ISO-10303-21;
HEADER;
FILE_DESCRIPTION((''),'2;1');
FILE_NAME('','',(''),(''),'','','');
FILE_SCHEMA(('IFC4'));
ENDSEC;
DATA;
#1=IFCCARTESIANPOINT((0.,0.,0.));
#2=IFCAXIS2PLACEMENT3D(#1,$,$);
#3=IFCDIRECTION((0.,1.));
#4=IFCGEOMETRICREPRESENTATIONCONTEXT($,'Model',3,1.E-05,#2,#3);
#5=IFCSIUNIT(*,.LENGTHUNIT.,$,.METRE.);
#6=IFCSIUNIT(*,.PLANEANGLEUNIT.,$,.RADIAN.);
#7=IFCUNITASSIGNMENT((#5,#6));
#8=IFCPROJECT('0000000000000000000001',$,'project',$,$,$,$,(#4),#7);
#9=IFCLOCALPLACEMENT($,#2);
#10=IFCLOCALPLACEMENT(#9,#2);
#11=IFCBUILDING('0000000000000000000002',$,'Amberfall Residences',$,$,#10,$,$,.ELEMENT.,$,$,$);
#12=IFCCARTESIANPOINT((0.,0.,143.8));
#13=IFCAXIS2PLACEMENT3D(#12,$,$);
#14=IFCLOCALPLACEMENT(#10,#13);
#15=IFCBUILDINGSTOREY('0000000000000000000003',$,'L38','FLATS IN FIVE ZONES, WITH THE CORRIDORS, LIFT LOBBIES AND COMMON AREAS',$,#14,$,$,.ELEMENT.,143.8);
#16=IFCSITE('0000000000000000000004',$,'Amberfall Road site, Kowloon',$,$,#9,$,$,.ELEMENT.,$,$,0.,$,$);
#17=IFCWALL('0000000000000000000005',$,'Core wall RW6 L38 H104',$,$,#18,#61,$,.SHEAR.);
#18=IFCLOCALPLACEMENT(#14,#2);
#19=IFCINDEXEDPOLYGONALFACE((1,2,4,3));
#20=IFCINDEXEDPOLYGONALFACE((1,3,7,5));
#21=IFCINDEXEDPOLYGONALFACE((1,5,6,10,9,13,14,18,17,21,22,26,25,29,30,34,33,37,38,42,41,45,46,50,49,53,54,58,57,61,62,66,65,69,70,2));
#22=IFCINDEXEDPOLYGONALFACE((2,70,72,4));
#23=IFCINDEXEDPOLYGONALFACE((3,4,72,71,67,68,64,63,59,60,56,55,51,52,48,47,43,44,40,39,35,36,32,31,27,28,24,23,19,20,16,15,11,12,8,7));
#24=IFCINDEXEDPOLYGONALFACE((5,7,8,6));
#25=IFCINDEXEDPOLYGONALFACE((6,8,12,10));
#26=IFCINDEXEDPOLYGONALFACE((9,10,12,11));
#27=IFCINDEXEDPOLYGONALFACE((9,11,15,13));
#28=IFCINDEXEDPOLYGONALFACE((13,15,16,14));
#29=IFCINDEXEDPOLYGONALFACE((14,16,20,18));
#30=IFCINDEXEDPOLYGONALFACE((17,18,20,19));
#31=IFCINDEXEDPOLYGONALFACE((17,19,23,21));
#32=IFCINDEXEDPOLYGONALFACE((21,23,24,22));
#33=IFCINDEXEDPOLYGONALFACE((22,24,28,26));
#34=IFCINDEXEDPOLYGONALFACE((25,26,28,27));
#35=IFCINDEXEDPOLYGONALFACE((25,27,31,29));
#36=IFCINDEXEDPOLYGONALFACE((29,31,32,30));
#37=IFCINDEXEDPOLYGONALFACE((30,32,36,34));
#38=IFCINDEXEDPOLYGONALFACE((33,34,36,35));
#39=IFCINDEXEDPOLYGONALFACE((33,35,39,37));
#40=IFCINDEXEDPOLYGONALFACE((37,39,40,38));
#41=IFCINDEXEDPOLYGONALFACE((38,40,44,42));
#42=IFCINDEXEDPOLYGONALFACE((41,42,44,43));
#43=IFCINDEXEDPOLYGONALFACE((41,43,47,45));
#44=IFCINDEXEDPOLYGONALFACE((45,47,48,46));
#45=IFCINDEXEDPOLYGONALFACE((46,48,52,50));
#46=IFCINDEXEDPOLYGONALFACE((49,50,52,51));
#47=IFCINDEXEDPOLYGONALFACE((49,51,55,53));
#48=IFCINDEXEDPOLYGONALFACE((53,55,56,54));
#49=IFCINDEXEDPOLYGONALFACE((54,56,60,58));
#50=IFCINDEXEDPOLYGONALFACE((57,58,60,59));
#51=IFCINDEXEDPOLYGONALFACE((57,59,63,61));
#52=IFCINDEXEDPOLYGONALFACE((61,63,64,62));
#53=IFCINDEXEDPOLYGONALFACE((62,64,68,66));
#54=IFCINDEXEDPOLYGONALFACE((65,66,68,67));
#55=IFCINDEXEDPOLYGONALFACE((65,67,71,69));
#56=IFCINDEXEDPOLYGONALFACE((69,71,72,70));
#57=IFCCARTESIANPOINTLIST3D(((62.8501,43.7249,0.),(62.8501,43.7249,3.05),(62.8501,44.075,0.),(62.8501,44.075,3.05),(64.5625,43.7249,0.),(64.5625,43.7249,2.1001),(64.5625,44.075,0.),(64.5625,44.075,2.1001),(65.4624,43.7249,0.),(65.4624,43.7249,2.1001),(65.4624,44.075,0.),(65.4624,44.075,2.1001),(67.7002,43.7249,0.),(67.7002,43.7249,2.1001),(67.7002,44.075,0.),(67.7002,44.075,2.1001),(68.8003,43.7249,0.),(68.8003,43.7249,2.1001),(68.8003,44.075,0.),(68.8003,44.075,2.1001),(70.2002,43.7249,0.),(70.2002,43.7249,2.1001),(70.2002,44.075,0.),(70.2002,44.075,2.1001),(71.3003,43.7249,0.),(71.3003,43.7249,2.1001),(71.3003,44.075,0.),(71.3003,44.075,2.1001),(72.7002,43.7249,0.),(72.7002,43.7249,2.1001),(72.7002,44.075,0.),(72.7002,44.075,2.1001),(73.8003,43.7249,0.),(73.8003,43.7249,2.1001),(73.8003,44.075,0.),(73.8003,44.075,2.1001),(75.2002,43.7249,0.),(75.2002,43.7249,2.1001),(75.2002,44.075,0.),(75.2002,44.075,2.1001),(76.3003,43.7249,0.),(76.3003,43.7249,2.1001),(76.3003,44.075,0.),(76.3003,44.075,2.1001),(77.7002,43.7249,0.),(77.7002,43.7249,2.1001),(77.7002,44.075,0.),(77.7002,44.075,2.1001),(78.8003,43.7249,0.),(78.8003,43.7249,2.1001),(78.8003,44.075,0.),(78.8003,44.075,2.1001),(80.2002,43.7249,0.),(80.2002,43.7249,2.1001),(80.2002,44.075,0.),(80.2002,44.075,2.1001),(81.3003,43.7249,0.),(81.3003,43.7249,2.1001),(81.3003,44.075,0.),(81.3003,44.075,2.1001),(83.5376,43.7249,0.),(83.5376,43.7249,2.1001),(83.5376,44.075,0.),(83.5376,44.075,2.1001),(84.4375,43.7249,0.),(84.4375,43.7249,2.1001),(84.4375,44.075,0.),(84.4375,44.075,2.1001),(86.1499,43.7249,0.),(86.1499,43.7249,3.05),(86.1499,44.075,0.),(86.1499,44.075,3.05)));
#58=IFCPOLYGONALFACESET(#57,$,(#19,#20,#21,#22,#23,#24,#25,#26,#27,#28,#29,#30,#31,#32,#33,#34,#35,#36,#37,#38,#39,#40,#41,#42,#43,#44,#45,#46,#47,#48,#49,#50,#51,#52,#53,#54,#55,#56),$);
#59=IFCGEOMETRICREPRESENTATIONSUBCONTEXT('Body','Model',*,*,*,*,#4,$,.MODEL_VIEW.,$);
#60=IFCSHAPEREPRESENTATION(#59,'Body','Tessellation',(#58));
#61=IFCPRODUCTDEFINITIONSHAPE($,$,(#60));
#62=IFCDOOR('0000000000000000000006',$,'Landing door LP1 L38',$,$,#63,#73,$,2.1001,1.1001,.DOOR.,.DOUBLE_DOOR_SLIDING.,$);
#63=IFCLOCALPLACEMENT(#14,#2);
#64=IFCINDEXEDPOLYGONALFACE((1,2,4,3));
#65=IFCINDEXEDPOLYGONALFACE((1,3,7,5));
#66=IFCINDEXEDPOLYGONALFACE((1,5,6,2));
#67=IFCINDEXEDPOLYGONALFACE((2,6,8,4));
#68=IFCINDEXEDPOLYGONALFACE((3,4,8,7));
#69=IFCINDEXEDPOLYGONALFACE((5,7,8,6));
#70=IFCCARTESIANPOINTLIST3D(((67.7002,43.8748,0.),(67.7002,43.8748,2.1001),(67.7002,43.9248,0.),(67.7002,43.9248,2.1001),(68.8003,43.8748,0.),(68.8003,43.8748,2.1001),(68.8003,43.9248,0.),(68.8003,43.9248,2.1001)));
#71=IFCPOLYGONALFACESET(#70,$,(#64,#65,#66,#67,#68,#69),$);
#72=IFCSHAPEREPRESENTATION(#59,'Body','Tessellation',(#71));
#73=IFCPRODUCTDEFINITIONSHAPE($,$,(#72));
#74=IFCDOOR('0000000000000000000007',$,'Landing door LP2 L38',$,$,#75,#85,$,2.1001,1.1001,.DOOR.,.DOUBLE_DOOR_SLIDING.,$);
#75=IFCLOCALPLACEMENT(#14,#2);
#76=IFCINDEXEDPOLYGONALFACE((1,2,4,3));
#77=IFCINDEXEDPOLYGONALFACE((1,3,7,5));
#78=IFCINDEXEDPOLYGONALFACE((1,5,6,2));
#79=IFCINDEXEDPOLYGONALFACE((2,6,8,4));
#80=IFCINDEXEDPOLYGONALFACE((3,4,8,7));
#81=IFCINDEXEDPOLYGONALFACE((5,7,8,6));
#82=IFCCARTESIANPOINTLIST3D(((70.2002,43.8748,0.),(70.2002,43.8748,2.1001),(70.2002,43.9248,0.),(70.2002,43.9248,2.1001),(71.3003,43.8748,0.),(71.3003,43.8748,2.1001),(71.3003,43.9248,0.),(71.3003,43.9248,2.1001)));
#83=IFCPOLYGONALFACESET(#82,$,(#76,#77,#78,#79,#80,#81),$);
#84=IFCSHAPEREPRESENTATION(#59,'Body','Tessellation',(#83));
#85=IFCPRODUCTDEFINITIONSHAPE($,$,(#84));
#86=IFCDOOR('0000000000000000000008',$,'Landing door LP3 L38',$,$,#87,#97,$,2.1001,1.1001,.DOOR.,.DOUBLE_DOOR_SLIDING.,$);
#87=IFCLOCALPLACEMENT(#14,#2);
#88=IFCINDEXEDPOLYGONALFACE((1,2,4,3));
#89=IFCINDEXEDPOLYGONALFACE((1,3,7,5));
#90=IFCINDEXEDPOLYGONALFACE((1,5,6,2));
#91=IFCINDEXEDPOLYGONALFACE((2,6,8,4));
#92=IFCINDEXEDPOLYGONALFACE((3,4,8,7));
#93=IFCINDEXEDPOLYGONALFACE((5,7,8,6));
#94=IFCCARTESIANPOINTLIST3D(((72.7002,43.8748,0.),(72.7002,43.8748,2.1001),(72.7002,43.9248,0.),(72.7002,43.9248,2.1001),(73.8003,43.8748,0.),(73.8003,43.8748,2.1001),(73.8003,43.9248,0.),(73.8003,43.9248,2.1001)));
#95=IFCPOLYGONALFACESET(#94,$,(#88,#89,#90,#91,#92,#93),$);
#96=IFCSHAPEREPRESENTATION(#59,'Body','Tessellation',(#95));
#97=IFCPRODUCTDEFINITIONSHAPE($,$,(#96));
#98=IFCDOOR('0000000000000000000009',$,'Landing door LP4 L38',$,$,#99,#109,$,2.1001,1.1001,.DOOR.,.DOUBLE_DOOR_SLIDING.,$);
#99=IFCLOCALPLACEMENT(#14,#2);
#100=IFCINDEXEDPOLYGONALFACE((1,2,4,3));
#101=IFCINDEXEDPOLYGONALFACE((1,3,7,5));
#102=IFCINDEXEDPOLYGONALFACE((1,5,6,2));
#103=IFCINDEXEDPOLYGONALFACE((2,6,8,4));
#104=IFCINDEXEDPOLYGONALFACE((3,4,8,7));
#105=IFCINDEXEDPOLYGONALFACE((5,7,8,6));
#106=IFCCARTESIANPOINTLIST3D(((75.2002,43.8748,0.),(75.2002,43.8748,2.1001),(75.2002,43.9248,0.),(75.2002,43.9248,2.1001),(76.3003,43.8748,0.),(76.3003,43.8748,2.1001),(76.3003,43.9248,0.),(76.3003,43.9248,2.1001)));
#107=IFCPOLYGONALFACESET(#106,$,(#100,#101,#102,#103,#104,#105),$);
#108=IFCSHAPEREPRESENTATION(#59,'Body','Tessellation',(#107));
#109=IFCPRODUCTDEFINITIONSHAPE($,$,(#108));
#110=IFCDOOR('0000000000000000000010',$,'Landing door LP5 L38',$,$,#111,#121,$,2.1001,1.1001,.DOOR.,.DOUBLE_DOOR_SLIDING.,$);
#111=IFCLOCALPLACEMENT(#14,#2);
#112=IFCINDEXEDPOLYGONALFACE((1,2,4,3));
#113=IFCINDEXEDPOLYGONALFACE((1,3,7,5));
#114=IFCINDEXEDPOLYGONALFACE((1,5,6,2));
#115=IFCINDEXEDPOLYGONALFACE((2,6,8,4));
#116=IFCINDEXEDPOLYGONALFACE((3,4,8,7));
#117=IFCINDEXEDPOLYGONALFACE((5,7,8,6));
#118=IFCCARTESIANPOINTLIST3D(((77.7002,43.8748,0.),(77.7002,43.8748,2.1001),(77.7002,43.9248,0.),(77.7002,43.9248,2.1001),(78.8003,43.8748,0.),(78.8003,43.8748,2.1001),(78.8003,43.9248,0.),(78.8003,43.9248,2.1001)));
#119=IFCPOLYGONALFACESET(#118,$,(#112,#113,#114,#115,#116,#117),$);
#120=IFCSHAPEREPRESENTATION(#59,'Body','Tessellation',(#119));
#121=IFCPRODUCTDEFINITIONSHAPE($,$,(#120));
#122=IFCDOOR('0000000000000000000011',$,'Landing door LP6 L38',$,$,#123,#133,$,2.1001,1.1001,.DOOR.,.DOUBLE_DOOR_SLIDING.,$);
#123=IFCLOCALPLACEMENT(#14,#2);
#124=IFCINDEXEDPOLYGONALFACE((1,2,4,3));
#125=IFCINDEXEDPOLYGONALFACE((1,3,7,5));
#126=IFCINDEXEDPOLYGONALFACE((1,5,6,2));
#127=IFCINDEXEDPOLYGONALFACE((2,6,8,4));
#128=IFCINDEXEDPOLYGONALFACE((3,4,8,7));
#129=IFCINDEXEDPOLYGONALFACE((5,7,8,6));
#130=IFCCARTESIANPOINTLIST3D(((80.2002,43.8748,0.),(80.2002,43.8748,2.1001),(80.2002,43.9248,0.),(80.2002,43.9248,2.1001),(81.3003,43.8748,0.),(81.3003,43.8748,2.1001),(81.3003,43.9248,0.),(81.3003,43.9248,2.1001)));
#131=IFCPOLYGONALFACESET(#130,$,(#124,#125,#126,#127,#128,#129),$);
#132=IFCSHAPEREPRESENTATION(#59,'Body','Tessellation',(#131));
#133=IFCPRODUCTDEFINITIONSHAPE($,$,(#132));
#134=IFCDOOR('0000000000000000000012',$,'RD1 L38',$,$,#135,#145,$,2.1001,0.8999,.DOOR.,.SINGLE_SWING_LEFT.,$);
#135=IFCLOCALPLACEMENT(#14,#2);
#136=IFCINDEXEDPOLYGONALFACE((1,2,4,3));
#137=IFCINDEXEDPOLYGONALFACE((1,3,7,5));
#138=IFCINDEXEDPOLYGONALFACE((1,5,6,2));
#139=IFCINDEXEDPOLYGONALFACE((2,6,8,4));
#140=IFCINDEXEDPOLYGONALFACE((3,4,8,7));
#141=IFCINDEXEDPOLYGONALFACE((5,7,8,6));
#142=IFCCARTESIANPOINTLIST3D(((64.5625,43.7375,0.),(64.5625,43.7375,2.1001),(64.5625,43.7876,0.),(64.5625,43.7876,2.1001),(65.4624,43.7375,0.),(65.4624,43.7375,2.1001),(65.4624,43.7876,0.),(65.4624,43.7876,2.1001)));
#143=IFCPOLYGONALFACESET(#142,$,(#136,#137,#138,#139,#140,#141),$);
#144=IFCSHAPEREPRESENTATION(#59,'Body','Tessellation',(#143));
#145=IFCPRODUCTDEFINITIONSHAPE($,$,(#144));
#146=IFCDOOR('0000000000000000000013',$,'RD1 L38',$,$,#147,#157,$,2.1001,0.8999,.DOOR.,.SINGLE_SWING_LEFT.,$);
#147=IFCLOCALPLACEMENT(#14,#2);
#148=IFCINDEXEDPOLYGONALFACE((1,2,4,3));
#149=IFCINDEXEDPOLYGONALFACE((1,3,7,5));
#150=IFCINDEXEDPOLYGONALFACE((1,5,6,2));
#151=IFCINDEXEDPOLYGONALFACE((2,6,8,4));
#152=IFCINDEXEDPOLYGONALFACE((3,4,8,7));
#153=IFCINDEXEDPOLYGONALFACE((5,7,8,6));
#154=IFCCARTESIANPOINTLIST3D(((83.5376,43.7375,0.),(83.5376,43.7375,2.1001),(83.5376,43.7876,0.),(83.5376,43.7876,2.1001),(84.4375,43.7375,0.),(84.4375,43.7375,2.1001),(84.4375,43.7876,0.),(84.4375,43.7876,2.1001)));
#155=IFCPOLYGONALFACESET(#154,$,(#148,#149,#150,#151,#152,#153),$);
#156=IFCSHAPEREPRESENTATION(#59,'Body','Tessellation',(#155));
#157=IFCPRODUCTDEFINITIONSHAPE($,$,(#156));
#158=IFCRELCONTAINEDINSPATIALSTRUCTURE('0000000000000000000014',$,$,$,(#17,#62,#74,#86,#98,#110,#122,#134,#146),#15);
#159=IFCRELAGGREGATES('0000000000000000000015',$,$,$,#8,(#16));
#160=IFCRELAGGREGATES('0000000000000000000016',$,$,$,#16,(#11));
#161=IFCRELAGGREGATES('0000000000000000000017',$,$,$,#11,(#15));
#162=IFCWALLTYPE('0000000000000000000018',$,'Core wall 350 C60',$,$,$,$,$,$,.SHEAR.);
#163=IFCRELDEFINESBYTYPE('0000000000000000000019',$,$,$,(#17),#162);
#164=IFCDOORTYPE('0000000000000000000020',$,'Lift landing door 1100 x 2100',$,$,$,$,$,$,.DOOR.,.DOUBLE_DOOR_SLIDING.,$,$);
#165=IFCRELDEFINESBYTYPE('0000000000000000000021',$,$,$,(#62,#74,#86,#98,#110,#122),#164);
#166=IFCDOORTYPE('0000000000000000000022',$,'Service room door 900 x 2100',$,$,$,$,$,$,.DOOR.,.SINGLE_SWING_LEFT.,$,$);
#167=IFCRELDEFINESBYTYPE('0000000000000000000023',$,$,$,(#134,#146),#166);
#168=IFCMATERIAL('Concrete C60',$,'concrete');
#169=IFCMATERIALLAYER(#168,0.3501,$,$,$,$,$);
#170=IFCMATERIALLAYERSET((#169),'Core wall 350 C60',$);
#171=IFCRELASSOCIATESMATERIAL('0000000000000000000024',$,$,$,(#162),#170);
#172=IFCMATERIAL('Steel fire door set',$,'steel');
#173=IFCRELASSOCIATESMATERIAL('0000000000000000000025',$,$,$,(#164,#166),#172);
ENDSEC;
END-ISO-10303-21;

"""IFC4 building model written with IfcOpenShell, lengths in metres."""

from ifc_helpers import new_model, si_unit, direction, frame, frame_2d, origin, place, context, subcontext, project, spatial, rectangle, extrude, material, layer, layer_set, type_object, element, fill, save


model = new_model("IFC4")

# Units and contexts
model_context = context("Model", 3, precision=1e-05, world=origin(), true_north=direction((0.0, 1.0)))
body_context = subcontext(model_context, "Body", "Model", "MODEL_VIEW")
ifc_project = project(units=[si_unit("LENGTHUNIT", "METRE"), si_unit("PLANEANGLEUNIT", "RADIAN")], contexts=[model_context])

# Site, building, storey
site_placement = place(None, origin())
site = spatial("IfcSite", under=ifc_project, at=site_placement, Name="Amberfall Road site, Kowloon", CompositionType="ELEMENT", RefElevation=0.0)
building_placement = place(site_placement, origin())
building = spatial("IfcBuilding", under=site, at=building_placement, Name="Amberfall Residences", CompositionType="ELEMENT")
storey_placement = place(building_placement, frame((0.0, 0.0, 143.8)))
storey = spatial("IfcBuildingStorey", under=building, at=storey_placement, Name="L38", Description="FLATS IN FIVE ZONES, WITH THE CORRIDORS, LIFT LOBBIES AND COMMON AREAS", CompositionType="ELEMENT", Elevation=143.8)

# Wall, openings, doors
ifc_material_1 = material(Name="Concrete C60", Category="concrete")
ifc_layer_1 = layer(ifc_material_1, 0.3501)
ifc_layer_set_1 = layer_set([ifc_layer_1], Name="Core wall 350 C60")
wall_type_1 = type_object("IfcWallType", Name="Core wall 350 C60", PredefinedType="SHEAR", material=ifc_layer_set_1)
wall_1_placement = place(storey_placement, frame((62.8501, 43.8999, 0.0), z_axis=(0.0, 0.0, 1.0), x_axis=(1.0, 0.0, 0.0)))
wall_1 = element("IfcWall", 1, at=wall_1_placement, inside=storey, type_object=wall_type_1, Name="Core wall RW6 L38 H104", PredefinedType="SHEAR", context=body_context, shape_type="SweptSolid", body=[
    extrude(rectangle(XDim=23.2998, YDim=0.3501, at=frame_2d((11.6499, 0.0))), origin(), (0.0, 0.0, 1.0), 3.05),
])
opening_1_placement = place(wall_1_placement, frame((1.7124, 0.0, 0.0)))
opening_1 = element("IfcOpeningElement", 2, at=opening_1_placement, cuts=wall_1, PredefinedType="OPENING", context=body_context, shape_type="SweptSolid", body=[
    extrude(rectangle(XDim=0.8999, YDim=2.1001, at=frame_2d((0.45, 1.05))), frame((0.0, 0.1851, 0.0), z_axis=(0.0, -1.0, 0.0), x_axis=(1.0, 0.0, 0.0)), (0.0, 0.0, 1.0), 0.3701),
])
opening_2_placement = place(wall_1_placement, frame((20.6875, 0.0, 0.0)))
opening_2 = element("IfcOpeningElement", 3, at=opening_2_placement, cuts=wall_1, PredefinedType="OPENING", context=body_context, shape_type="SweptSolid", body=[
    extrude(rectangle(XDim=0.8999, YDim=2.1001, at=frame_2d((0.45, 1.05))), frame((0.0, 0.1851, 0.0), z_axis=(0.0, -1.0, 0.0), x_axis=(1.0, 0.0, 0.0)), (0.0, 0.0, 1.0), 0.3701),
])
opening_3_placement = place(wall_1_placement, frame((4.8501, 0.0, 0.0)))
opening_3 = element("IfcOpeningElement", 4, at=opening_3_placement, cuts=wall_1, PredefinedType="OPENING", context=body_context, shape_type="SweptSolid", body=[
    extrude(rectangle(XDim=1.1001, YDim=2.1001, at=frame_2d((0.55, 1.05))), frame((0.0, 0.1851, 0.0), z_axis=(0.0, -1.0, 0.0), x_axis=(1.0, 0.0, 0.0)), (0.0, 0.0, 1.0), 0.3701),
])
opening_4_placement = place(wall_1_placement, frame((7.3501, 0.0, 0.0)))
opening_4 = element("IfcOpeningElement", 5, at=opening_4_placement, cuts=wall_1, PredefinedType="OPENING", context=body_context, shape_type="SweptSolid", body=[
    extrude(rectangle(XDim=1.1001, YDim=2.1001, at=frame_2d((0.55, 1.05))), frame((0.0, 0.1851, 0.0), z_axis=(0.0, -1.0, 0.0), x_axis=(1.0, 0.0, 0.0)), (0.0, 0.0, 1.0), 0.3701),
])
opening_5_placement = place(wall_1_placement, frame((9.8501, 0.0, 0.0)))
opening_5 = element("IfcOpeningElement", 6, at=opening_5_placement, cuts=wall_1, PredefinedType="OPENING", context=body_context, shape_type="SweptSolid", body=[
    extrude(rectangle(XDim=1.1001, YDim=2.1001, at=frame_2d((0.55, 1.05))), frame((0.0, 0.1851, 0.0), z_axis=(0.0, -1.0, 0.0), x_axis=(1.0, 0.0, 0.0)), (0.0, 0.0, 1.0), 0.3701),
])
opening_6_placement = place(wall_1_placement, frame((12.3501, 0.0, 0.0)))
opening_6 = element("IfcOpeningElement", 7, at=opening_6_placement, cuts=wall_1, PredefinedType="OPENING", context=body_context, shape_type="SweptSolid", body=[
    extrude(rectangle(XDim=1.1001, YDim=2.1001, at=frame_2d((0.55, 1.05))), frame((0.0, 0.1851, 0.0), z_axis=(0.0, -1.0, 0.0), x_axis=(1.0, 0.0, 0.0)), (0.0, 0.0, 1.0), 0.3701),
])
opening_7_placement = place(wall_1_placement, frame((14.8501, 0.0, 0.0)))
opening_7 = element("IfcOpeningElement", 8, at=opening_7_placement, cuts=wall_1, PredefinedType="OPENING", context=body_context, shape_type="SweptSolid", body=[
    extrude(rectangle(XDim=1.1001, YDim=2.1001, at=frame_2d((0.55, 1.05))), frame((0.0, 0.1851, 0.0), z_axis=(0.0, -1.0, 0.0), x_axis=(1.0, 0.0, 0.0)), (0.0, 0.0, 1.0), 0.3701),
])
opening_8_placement = place(wall_1_placement, frame((17.3501, 0.0, 0.0)))
opening_8 = element("IfcOpeningElement", 9, at=opening_8_placement, cuts=wall_1, PredefinedType="OPENING", context=body_context, shape_type="SweptSolid", body=[
    extrude(rectangle(XDim=1.1001, YDim=2.1001, at=frame_2d((0.55, 1.05))), frame((0.0, 0.1851, 0.0), z_axis=(0.0, -1.0, 0.0), x_axis=(1.0, 0.0, 0.0)), (0.0, 0.0, 1.0), 0.3701),
])
ifc_material_2 = material(Name="Steel fire door set", Category="steel")
door_type_1 = type_object("IfcDoorType", Name="Lift landing door 1100 x 2100", OperationType="DOUBLE_DOOR_SLIDING", PredefinedType="DOOR", material=ifc_material_2)
door_1_placement = place(opening_3_placement, origin())
door_1 = element("IfcDoor", 10, at=door_1_placement, inside=storey, type_object=door_type_1, Name="Landing door LP1 L38", OperationType="DOUBLE_DOOR_SLIDING", OverallHeight=2.1001, OverallWidth=1.1001, PredefinedType="DOOR", context=body_context, shape_type="SweptSolid", body=[
    extrude(rectangle(XDim=1.1001, YDim=2.1001, at=frame_2d((0.55, 1.05))), frame((0.0, 0.0249, 0.0), z_axis=(0.0, -1.0, 0.0), x_axis=(1.0, 0.0, 0.0)), (0.0, 0.0, 1.0), 0.05),
])
fill(opening_3, door_1)
door_2_placement = place(opening_4_placement, origin())
door_2 = element("IfcDoor", 11, at=door_2_placement, inside=storey, type_object=door_type_1, Name="Landing door LP2 L38", OperationType="DOUBLE_DOOR_SLIDING", OverallHeight=2.1001, OverallWidth=1.1001, PredefinedType="DOOR", context=body_context, shape_type="SweptSolid", body=[
    extrude(rectangle(XDim=1.1001, YDim=2.1001, at=frame_2d((0.55, 1.05))), frame((0.0, 0.0249, 0.0), z_axis=(0.0, -1.0, 0.0), x_axis=(1.0, 0.0, 0.0)), (0.0, 0.0, 1.0), 0.05),
])
fill(opening_4, door_2)
door_3_placement = place(opening_5_placement, origin())
door_3 = element("IfcDoor", 12, at=door_3_placement, inside=storey, type_object=door_type_1, Name="Landing door LP3 L38", OperationType="DOUBLE_DOOR_SLIDING", OverallHeight=2.1001, OverallWidth=1.1001, PredefinedType="DOOR", context=body_context, shape_type="SweptSolid", body=[
    extrude(rectangle(XDim=1.1001, YDim=2.1001, at=frame_2d((0.55, 1.05))), frame((0.0, 0.0249, 0.0), z_axis=(0.0, -1.0, 0.0), x_axis=(1.0, 0.0, 0.0)), (0.0, 0.0, 1.0), 0.05),
])
fill(opening_5, door_3)
door_4_placement = place(opening_6_placement, origin())
door_4 = element("IfcDoor", 13, at=door_4_placement, inside=storey, type_object=door_type_1, Name="Landing door LP4 L38", OperationType="DOUBLE_DOOR_SLIDING", OverallHeight=2.1001, OverallWidth=1.1001, PredefinedType="DOOR", context=body_context, shape_type="SweptSolid", body=[
    extrude(rectangle(XDim=1.1001, YDim=2.1001, at=frame_2d((0.55, 1.05))), frame((0.0, 0.0249, 0.0), z_axis=(0.0, -1.0, 0.0), x_axis=(1.0, 0.0, 0.0)), (0.0, 0.0, 1.0), 0.05),
])
fill(opening_6, door_4)
door_5_placement = place(opening_7_placement, origin())
door_5 = element("IfcDoor", 14, at=door_5_placement, inside=storey, type_object=door_type_1, Name="Landing door LP5 L38", OperationType="DOUBLE_DOOR_SLIDING", OverallHeight=2.1001, OverallWidth=1.1001, PredefinedType="DOOR", context=body_context, shape_type="SweptSolid", body=[
    extrude(rectangle(XDim=1.1001, YDim=2.1001, at=frame_2d((0.55, 1.05))), frame((0.0, 0.0249, 0.0), z_axis=(0.0, -1.0, 0.0), x_axis=(1.0, 0.0, 0.0)), (0.0, 0.0, 1.0), 0.05),
])
fill(opening_7, door_5)
door_6_placement = place(opening_8_placement, origin())
door_6 = element("IfcDoor", 15, at=door_6_placement, inside=storey, type_object=door_type_1, Name="Landing door LP6 L38", OperationType="DOUBLE_DOOR_SLIDING", OverallHeight=2.1001, OverallWidth=1.1001, PredefinedType="DOOR", context=body_context, shape_type="SweptSolid", body=[
    extrude(rectangle(XDim=1.1001, YDim=2.1001, at=frame_2d((0.55, 1.05))), frame((0.0, 0.0249, 0.0), z_axis=(0.0, -1.0, 0.0), x_axis=(1.0, 0.0, 0.0)), (0.0, 0.0, 1.0), 0.05),
])
fill(opening_8, door_6)
door_type_2 = type_object("IfcDoorType", Name="Service room door 900 x 2100", OperationType="SINGLE_SWING_LEFT", PredefinedType="DOOR", material=ifc_material_2)
door_7_placement = place(opening_1_placement, origin())
door_7 = element("IfcDoor", 16, at=door_7_placement, inside=storey, type_object=door_type_2, Name="RD1 L38", OperationType="SINGLE_SWING_LEFT", OverallHeight=2.1001, OverallWidth=0.8999, PredefinedType="DOOR", context=body_context, shape_type="SweptSolid", body=[
    extrude(rectangle(XDim=0.8999, YDim=2.1001, at=frame_2d((0.45, 1.05))), frame((0.0, -0.1123, 0.0), z_axis=(0.0, -1.0, 0.0), x_axis=(1.0, 0.0, 0.0)), (0.0, 0.0, 1.0), 0.05),
])
fill(opening_1, door_7)
door_8_placement = place(opening_2_placement, origin())
door_8 = element("IfcDoor", 17, at=door_8_placement, inside=storey, type_object=door_type_2, Name="RD1 L38", OperationType="SINGLE_SWING_LEFT", OverallHeight=2.1001, OverallWidth=0.8999, PredefinedType="DOOR", context=body_context, shape_type="SweptSolid", body=[
    extrude(rectangle(XDim=0.8999, YDim=2.1001, at=frame_2d((0.45, 1.05))), frame((0.0, -0.1123, 0.0), z_axis=(0.0, -1.0, 0.0), x_axis=(1.0, 0.0, 0.0)), (0.0, 0.0, 1.0), 0.05),
])
fill(opening_2, door_8)

save(model, "model.ifc")
